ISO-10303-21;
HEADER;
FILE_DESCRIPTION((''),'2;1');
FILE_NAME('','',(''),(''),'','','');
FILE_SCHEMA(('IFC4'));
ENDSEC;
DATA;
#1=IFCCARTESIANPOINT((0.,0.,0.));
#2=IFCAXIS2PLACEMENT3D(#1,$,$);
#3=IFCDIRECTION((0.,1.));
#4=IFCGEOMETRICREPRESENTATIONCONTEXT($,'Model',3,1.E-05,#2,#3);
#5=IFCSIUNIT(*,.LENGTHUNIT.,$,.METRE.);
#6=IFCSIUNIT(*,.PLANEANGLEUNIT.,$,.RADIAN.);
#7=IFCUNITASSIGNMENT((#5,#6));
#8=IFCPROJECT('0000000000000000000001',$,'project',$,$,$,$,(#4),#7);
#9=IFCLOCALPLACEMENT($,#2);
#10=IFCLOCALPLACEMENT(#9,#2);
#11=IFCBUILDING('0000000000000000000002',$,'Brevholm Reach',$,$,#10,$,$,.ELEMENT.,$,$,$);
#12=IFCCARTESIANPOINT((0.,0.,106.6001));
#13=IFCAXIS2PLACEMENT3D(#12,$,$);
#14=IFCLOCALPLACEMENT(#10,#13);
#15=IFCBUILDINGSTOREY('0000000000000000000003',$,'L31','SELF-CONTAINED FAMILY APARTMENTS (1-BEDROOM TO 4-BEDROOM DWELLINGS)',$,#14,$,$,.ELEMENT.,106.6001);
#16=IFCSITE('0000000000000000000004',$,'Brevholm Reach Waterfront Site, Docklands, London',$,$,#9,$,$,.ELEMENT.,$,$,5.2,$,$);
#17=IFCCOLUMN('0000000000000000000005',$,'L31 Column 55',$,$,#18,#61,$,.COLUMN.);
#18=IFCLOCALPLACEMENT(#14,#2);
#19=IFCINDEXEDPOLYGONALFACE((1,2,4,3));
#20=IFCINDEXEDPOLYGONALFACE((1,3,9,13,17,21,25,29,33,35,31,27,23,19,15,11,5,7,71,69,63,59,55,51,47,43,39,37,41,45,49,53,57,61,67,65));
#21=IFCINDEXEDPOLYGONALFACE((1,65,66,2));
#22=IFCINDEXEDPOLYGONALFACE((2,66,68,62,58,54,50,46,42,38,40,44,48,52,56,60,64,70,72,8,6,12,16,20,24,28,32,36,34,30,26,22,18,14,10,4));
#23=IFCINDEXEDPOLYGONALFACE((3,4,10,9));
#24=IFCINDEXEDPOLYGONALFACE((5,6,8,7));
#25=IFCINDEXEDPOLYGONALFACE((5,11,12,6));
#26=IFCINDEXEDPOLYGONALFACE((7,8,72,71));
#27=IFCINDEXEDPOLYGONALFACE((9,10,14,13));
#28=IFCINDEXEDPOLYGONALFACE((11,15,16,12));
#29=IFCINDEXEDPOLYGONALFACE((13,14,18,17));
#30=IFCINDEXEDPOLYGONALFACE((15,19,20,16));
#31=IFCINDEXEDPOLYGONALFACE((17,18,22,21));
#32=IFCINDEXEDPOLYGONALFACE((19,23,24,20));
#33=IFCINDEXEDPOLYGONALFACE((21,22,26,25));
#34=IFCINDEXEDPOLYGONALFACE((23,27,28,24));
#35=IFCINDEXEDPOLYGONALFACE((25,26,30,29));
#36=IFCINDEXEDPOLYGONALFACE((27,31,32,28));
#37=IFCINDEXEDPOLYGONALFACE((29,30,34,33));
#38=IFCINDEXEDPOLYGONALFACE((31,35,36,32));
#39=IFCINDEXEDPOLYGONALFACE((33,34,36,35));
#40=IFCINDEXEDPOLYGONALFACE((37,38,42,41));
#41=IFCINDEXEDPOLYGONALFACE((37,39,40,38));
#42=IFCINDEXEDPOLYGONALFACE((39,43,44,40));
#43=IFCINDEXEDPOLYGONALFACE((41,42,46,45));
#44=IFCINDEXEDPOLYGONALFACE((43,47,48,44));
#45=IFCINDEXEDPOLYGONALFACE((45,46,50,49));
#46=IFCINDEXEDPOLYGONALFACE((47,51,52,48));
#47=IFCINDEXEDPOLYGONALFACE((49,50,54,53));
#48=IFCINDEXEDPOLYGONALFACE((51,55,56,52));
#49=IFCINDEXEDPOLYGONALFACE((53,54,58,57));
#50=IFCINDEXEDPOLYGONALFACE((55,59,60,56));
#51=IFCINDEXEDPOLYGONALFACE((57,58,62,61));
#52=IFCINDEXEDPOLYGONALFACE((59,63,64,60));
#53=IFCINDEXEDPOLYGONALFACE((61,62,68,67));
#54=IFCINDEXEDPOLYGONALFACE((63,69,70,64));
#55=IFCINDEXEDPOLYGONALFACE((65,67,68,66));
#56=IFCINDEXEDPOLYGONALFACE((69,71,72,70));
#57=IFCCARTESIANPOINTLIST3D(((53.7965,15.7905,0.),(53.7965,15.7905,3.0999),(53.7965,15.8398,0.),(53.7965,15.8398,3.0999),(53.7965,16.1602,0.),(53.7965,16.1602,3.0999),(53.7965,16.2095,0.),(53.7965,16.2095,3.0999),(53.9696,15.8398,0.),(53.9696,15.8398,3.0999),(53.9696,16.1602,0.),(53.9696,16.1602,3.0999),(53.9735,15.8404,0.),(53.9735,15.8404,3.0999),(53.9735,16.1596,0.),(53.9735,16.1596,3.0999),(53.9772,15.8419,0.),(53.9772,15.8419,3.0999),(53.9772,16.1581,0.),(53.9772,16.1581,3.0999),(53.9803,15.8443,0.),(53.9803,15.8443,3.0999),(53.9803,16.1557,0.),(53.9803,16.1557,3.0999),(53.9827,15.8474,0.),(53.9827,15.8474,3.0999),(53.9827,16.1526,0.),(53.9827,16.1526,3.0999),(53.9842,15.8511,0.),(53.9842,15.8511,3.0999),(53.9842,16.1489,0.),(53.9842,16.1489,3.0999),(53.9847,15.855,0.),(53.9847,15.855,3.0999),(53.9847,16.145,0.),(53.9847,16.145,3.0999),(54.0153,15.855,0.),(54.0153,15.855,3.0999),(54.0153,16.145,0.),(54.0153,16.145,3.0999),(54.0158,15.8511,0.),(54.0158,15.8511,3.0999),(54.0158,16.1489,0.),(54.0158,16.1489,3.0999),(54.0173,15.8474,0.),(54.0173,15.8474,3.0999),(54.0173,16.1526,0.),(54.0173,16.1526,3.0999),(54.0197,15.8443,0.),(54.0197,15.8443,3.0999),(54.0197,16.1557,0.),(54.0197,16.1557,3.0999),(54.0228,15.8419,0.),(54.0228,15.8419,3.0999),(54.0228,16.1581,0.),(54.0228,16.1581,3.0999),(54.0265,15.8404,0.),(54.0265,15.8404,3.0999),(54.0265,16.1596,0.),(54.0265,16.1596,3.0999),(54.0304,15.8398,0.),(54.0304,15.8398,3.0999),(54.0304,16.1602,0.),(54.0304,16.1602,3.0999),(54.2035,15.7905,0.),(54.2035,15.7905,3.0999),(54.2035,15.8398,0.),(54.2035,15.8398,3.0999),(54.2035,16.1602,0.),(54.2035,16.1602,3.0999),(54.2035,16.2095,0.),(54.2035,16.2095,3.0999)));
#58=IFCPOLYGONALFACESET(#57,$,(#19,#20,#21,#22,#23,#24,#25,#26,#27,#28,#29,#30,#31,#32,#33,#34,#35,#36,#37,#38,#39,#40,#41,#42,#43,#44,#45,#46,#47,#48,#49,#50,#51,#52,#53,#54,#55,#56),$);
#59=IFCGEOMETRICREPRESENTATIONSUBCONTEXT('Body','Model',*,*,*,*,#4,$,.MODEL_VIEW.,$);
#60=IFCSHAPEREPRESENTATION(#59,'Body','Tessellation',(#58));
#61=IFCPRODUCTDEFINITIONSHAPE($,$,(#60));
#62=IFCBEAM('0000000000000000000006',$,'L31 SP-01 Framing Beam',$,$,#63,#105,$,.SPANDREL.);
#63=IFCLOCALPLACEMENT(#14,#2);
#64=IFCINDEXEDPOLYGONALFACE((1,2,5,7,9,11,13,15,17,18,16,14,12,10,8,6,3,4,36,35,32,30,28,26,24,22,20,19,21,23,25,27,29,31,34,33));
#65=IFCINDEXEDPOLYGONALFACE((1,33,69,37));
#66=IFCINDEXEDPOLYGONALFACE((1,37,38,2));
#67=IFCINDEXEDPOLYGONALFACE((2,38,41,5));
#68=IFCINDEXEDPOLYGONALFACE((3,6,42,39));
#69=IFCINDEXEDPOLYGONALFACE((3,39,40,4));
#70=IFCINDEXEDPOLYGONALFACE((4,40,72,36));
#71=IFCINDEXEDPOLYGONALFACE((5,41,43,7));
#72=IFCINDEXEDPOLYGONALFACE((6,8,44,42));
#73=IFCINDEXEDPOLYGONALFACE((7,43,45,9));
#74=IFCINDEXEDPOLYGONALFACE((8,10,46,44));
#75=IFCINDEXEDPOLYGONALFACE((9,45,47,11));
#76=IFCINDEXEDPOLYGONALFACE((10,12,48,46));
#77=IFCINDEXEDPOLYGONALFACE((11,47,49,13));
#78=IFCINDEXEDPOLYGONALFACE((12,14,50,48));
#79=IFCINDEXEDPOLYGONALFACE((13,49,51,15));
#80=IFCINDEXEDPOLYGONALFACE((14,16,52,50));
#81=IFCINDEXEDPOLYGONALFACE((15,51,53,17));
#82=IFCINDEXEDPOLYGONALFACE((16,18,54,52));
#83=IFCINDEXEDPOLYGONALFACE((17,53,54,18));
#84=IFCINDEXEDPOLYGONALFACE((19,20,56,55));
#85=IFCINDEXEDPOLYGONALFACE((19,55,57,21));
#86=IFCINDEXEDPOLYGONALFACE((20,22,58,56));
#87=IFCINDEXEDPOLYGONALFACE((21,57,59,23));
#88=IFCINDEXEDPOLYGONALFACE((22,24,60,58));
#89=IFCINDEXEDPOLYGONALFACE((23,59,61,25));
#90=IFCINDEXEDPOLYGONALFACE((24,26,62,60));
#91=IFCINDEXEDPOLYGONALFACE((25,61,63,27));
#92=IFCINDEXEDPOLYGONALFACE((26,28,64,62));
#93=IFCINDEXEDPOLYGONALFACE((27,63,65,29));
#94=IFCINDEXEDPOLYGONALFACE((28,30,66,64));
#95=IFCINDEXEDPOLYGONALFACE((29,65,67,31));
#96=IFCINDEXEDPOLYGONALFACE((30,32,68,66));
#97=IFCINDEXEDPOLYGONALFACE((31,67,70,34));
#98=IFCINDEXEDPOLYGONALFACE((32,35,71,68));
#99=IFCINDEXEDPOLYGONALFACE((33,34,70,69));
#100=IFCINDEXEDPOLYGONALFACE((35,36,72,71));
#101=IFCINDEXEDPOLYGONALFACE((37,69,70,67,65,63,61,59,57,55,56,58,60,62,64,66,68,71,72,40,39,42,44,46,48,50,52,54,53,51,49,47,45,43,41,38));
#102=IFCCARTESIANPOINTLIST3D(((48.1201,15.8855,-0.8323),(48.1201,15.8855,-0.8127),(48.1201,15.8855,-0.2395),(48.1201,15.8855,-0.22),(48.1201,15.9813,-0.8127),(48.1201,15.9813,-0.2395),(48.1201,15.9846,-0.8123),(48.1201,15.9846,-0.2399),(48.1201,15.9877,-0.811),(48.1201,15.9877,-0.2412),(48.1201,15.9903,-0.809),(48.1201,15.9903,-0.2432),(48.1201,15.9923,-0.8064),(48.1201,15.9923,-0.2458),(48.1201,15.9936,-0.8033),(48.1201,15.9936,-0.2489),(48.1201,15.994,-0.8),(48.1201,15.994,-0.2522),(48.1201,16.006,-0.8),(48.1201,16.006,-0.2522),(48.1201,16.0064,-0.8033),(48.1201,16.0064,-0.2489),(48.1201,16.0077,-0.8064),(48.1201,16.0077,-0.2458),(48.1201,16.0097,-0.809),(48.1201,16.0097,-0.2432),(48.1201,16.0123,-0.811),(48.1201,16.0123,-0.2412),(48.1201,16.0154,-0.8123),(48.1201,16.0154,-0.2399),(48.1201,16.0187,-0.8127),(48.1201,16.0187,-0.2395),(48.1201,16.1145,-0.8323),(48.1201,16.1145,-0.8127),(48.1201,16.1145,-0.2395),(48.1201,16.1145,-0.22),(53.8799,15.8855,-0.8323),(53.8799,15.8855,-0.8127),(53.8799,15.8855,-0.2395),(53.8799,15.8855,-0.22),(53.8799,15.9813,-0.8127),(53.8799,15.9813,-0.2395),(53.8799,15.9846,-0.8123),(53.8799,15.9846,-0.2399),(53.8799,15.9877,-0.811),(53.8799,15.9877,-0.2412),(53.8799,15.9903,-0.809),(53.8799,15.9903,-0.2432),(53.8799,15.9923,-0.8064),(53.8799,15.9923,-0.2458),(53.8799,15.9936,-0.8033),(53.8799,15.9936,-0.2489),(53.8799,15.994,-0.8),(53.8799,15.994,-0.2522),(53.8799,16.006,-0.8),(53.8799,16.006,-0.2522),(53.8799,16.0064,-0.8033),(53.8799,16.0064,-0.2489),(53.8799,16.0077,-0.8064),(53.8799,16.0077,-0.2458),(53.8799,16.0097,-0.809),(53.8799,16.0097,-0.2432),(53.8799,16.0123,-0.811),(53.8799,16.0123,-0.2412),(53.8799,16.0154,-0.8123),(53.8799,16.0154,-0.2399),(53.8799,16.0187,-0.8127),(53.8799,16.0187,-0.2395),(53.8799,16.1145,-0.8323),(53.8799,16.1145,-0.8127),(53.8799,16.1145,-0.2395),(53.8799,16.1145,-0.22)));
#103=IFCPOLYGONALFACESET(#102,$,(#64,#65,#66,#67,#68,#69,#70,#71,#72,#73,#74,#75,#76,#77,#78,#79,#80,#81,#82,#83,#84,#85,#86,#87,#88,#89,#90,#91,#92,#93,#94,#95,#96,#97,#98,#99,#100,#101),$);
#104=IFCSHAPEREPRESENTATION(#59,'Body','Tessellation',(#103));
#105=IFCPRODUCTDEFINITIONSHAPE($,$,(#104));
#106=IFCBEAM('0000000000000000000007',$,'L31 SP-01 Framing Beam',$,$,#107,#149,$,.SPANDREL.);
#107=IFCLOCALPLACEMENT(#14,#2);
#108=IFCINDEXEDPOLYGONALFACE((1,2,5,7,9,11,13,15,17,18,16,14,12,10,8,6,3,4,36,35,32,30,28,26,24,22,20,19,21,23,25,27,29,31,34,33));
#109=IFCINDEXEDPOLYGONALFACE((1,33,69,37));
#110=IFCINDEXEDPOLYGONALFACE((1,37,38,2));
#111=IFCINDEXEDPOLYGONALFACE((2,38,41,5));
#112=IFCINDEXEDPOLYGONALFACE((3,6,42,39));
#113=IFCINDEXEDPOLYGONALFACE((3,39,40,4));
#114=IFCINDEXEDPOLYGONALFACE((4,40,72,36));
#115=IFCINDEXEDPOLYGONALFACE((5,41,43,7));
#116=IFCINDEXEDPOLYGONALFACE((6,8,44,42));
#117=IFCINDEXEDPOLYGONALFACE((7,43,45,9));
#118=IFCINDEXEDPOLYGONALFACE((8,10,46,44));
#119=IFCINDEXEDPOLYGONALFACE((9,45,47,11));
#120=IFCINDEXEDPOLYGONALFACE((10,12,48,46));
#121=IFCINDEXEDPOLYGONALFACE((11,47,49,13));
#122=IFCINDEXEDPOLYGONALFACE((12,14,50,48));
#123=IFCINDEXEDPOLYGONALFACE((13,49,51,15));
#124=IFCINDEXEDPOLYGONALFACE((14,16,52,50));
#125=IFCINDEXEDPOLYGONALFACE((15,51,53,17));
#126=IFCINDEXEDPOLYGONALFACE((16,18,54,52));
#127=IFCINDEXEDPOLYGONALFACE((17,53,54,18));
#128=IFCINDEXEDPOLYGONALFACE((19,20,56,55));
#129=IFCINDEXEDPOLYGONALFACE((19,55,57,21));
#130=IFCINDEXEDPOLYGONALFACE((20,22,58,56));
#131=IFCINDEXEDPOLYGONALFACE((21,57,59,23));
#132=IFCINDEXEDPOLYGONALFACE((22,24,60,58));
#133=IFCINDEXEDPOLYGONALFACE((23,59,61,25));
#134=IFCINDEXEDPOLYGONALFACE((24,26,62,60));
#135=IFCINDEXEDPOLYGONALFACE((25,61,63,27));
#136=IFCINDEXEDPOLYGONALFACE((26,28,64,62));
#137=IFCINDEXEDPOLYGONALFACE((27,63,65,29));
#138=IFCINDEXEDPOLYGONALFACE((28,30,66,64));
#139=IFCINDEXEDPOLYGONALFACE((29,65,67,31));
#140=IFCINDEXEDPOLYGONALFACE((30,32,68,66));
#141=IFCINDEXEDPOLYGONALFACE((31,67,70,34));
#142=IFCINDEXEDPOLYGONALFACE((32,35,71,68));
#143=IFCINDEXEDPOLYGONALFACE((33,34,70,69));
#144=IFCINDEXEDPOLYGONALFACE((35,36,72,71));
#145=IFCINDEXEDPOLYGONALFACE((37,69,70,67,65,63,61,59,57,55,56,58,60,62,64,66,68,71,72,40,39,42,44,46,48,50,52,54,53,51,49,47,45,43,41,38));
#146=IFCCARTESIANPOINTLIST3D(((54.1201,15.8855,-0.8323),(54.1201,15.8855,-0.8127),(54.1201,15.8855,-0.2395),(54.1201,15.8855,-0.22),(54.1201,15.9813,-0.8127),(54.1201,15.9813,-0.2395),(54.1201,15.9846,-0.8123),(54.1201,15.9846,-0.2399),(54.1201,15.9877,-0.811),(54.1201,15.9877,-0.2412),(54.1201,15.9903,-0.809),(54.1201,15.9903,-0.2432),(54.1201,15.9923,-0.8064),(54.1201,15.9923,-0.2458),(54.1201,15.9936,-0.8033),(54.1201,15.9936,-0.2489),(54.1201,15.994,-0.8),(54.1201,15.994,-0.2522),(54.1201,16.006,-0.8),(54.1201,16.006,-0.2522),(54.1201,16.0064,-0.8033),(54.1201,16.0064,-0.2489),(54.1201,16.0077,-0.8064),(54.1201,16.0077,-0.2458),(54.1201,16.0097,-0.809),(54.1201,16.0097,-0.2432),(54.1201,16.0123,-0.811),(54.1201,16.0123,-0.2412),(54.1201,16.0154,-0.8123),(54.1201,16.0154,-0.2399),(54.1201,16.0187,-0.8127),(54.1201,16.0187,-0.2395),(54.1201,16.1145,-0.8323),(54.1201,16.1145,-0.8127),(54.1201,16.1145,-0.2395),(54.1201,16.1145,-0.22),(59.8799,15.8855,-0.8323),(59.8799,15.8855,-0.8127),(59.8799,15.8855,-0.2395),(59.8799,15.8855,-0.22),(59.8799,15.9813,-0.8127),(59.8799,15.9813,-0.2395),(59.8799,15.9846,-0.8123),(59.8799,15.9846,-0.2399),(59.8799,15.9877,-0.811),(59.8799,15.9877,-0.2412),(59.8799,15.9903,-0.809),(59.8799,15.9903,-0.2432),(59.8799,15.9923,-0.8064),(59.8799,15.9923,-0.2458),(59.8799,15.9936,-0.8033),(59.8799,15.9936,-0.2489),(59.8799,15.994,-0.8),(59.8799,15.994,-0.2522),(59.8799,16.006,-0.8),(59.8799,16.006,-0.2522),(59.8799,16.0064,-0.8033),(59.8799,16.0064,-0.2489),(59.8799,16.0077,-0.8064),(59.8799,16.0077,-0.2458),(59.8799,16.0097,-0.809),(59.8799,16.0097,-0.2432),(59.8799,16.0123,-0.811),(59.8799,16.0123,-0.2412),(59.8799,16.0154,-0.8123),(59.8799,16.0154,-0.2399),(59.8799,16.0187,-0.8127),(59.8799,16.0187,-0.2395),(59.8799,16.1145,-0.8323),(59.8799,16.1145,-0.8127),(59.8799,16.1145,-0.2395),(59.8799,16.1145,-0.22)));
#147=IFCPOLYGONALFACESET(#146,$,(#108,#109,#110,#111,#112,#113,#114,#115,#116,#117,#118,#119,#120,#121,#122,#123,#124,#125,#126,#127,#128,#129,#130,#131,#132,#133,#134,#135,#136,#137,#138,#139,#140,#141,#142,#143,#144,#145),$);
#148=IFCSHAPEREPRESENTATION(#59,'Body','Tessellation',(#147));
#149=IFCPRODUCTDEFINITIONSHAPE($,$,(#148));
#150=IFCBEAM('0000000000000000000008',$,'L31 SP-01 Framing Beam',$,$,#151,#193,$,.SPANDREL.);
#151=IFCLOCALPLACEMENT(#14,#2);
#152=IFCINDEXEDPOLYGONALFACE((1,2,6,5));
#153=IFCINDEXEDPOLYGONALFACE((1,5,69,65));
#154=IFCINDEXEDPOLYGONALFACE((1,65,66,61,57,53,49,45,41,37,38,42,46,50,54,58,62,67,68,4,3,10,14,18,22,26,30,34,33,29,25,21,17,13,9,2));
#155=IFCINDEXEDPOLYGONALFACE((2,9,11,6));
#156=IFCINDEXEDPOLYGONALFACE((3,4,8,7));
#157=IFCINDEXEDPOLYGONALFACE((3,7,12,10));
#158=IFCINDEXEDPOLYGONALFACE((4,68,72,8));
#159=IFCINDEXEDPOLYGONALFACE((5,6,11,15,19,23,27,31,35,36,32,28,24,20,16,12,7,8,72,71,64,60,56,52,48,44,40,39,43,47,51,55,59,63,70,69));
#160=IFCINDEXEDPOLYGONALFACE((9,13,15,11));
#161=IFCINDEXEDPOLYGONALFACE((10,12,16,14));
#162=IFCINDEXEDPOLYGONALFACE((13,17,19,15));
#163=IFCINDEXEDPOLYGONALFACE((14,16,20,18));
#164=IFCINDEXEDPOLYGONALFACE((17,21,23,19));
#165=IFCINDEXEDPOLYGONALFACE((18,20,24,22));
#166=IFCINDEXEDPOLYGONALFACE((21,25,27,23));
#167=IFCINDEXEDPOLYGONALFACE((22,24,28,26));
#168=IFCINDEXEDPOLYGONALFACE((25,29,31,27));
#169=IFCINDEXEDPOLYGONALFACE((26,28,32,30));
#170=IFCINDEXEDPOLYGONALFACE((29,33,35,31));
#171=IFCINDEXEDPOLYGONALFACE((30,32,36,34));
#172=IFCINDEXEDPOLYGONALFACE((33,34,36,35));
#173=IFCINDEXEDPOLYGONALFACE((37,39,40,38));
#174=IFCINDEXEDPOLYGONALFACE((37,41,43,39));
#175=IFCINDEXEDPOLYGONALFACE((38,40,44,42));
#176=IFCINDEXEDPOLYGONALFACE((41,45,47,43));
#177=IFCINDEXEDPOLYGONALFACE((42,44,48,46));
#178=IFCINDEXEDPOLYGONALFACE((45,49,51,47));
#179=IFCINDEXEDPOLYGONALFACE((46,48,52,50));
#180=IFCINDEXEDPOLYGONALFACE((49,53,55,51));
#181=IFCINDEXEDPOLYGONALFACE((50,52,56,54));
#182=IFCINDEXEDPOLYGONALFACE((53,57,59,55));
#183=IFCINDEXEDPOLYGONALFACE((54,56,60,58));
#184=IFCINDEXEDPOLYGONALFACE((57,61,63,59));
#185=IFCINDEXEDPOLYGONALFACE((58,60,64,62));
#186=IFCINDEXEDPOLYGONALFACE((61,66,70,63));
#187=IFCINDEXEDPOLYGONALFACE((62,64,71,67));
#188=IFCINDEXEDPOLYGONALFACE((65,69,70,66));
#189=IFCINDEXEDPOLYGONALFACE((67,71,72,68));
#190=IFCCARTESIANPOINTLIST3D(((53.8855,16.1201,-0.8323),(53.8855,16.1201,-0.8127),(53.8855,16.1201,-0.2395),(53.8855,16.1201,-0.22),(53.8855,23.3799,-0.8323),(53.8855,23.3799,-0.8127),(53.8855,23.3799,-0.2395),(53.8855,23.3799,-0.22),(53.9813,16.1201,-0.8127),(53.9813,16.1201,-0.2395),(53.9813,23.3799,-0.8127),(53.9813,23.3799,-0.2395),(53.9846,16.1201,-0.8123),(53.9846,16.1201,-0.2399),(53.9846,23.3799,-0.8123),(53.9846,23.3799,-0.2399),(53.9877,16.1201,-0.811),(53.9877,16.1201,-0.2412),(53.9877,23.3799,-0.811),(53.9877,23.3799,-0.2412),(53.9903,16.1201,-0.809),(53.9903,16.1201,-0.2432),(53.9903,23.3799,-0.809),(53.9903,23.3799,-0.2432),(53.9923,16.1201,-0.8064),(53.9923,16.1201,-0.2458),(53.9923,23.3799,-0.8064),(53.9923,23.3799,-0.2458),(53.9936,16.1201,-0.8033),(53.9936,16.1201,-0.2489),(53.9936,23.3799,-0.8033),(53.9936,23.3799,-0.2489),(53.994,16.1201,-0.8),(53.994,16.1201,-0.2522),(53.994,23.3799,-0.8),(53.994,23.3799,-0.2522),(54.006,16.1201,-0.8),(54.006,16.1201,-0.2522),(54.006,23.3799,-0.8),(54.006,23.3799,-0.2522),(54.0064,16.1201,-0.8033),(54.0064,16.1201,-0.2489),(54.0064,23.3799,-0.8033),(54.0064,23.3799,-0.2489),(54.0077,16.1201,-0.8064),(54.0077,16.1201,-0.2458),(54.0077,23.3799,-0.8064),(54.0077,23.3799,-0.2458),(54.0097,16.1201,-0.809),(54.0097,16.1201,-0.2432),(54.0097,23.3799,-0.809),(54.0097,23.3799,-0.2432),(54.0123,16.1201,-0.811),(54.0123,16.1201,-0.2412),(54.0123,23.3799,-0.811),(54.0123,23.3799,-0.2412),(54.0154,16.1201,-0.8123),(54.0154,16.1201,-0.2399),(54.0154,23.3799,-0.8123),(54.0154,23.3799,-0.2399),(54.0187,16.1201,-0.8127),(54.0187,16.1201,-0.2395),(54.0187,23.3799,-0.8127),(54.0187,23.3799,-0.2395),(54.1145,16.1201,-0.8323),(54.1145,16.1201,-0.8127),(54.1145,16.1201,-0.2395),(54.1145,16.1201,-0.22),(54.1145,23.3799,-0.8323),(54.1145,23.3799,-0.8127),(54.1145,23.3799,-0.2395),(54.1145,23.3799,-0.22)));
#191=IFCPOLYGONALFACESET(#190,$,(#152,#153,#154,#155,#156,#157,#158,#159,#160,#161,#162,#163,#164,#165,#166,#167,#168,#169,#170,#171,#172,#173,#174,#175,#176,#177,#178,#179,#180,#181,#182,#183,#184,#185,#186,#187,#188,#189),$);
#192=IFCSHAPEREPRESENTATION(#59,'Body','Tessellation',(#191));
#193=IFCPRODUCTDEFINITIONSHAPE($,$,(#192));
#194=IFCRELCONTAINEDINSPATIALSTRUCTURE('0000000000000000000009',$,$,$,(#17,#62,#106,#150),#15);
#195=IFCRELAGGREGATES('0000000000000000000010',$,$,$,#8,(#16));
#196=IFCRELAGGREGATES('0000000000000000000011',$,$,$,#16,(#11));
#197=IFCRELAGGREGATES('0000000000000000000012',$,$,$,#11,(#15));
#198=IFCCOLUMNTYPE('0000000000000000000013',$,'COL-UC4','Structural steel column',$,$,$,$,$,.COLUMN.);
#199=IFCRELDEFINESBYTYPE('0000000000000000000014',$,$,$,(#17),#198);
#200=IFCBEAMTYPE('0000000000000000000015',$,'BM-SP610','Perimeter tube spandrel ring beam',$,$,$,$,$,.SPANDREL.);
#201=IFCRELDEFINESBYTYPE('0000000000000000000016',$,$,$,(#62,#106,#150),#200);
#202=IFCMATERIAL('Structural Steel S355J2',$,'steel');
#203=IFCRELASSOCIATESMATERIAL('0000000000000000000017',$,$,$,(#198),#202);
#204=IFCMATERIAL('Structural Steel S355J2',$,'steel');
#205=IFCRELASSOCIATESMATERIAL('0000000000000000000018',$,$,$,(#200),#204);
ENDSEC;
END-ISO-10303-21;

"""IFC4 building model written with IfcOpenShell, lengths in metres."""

from ifc_helpers import new_model, si_unit, direction, frame, origin, origin_2d, place, context, subcontext, project, spatial, i_section, extrude, material, material_profile, profile_set, type_object, element, save


model = new_model("IFC4")

# Units and contexts
model_context = context("Model", 3, precision=1e-05, world=origin(), true_north=direction((0.0, 1.0)))
body_context = subcontext(model_context, "Body", "Model", "MODEL_VIEW")
ifc_project = project(units=[si_unit("LENGTHUNIT", "METRE"), si_unit("PLANEANGLEUNIT", "RADIAN")], contexts=[model_context])

# Site, building, storey
site_placement = place(None, origin())
site = spatial("IfcSite", under=ifc_project, at=site_placement, Name="Brevholm Reach Waterfront Site, Docklands, London", CompositionType="ELEMENT", RefElevation=5.2)
building_placement = place(site_placement, origin())
building = spatial("IfcBuilding", under=site, at=building_placement, Name="Brevholm Reach", CompositionType="ELEMENT")
storey_placement = place(building_placement, frame((0.0, 0.0, 106.6001)))
storey = spatial("IfcBuildingStorey", under=building, at=storey_placement, Name="L31", Description="SELF-CONTAINED FAMILY APARTMENTS (1-BEDROOM TO 4-BEDROOM DWELLINGS)", CompositionType="ELEMENT", Elevation=106.6001)

# Column
ifc_material_1 = material(Name="Structural Steel S355J2", Category="steel")
ifc_material_profile_1 = material_profile(ifc_material_1, i_section(OverallWidth=0.407, OverallDepth=0.4189, WebThickness=0.0305, FlangeThickness=0.0493, FilletRadius=0.0151, at=origin_2d()), Name="UKC 356x406x393")
ifc_profile_set_1 = profile_set([ifc_material_profile_1], Name="Structural Steel S355J2")
column_type = type_object("IfcColumnType", Name="COL-UC4", Description="Structural steel column", PredefinedType="COLUMN", material=ifc_profile_set_1)
column_placement = place(storey_placement, frame((54.0, 16.0, 0.0), z_axis=(0.0, 0.0, 1.0), x_axis=(1.0, 0.0, 0.0)))
element("IfcColumn", 1, at=column_placement, inside=storey, type_object=column_type, Name="L31 Column 55", PredefinedType="COLUMN", context=body_context, shape_type="SweptSolid", body=[
    extrude(i_section(OverallWidth=0.407, OverallDepth=0.4189, WebThickness=0.0305, FlangeThickness=0.0493, FilletRadius=0.0151, at=origin_2d()), origin(), (0.0, 0.0, 1.0), 3.0999),
])

# Beams
ifc_material_2 = material(Name="Structural Steel S355J2", Category="steel")
ifc_material_profile_2 = material_profile(ifc_material_2, i_section(OverallWidth=0.229, OverallDepth=0.6123, WebThickness=0.012, FlangeThickness=0.0195, FilletRadius=0.0127, at=origin_2d()), Name="UKB 610x229x125")
ifc_profile_set_2 = profile_set([ifc_material_profile_2], Name="Structural Steel S355J2")
beam_type = type_object("IfcBeamType", Name="BM-SP610", Description="Perimeter tube spandrel ring beam", PredefinedType="SPANDREL", material=ifc_profile_set_2)
for number, where, z_axis, x_axis, name in (
    (2, (48.1201, 16.0, -0.5261), (1.0, 0.0, 0.0), (0.0, 1.0, 0.0), "L31 SP-01 Framing Beam"),
    (3, (54.1201, 16.0, -0.5261), (1.0, 0.0, 0.0), (0.0, 1.0, 0.0), "L31 SP-01 Framing Beam"),
):
    element("IfcBeam", number, at=place(storey_placement, frame(where, z_axis=z_axis, x_axis=x_axis)), inside=storey, type_object=beam_type, Name=name, PredefinedType="SPANDREL", context=body_context, shape_type="SweptSolid", body=[
        extrude(i_section(OverallWidth=0.229, OverallDepth=0.6123, WebThickness=0.012, FlangeThickness=0.0195, FilletRadius=0.0127, at=origin_2d()), origin(), (0.0, 0.0, 1.0), 5.7598),
    ])
beam_placement = place(storey_placement, frame((54.0, 16.1201, -0.5261), z_axis=(0.0, 1.0, 0.0), x_axis=(-1.0, 0.0, 0.0)))
element("IfcBeam", 4, at=beam_placement, inside=storey, type_object=beam_type, Name="L31 SP-01 Framing Beam", PredefinedType="SPANDREL", context=body_context, shape_type="SweptSolid", body=[
    extrude(i_section(OverallWidth=0.229, OverallDepth=0.6123, WebThickness=0.012, FlangeThickness=0.0195, FilletRadius=0.0127, at=origin_2d()), origin(), (0.0, 0.0, 1.0), 7.2598),
])

save(model, "model.ifc")
